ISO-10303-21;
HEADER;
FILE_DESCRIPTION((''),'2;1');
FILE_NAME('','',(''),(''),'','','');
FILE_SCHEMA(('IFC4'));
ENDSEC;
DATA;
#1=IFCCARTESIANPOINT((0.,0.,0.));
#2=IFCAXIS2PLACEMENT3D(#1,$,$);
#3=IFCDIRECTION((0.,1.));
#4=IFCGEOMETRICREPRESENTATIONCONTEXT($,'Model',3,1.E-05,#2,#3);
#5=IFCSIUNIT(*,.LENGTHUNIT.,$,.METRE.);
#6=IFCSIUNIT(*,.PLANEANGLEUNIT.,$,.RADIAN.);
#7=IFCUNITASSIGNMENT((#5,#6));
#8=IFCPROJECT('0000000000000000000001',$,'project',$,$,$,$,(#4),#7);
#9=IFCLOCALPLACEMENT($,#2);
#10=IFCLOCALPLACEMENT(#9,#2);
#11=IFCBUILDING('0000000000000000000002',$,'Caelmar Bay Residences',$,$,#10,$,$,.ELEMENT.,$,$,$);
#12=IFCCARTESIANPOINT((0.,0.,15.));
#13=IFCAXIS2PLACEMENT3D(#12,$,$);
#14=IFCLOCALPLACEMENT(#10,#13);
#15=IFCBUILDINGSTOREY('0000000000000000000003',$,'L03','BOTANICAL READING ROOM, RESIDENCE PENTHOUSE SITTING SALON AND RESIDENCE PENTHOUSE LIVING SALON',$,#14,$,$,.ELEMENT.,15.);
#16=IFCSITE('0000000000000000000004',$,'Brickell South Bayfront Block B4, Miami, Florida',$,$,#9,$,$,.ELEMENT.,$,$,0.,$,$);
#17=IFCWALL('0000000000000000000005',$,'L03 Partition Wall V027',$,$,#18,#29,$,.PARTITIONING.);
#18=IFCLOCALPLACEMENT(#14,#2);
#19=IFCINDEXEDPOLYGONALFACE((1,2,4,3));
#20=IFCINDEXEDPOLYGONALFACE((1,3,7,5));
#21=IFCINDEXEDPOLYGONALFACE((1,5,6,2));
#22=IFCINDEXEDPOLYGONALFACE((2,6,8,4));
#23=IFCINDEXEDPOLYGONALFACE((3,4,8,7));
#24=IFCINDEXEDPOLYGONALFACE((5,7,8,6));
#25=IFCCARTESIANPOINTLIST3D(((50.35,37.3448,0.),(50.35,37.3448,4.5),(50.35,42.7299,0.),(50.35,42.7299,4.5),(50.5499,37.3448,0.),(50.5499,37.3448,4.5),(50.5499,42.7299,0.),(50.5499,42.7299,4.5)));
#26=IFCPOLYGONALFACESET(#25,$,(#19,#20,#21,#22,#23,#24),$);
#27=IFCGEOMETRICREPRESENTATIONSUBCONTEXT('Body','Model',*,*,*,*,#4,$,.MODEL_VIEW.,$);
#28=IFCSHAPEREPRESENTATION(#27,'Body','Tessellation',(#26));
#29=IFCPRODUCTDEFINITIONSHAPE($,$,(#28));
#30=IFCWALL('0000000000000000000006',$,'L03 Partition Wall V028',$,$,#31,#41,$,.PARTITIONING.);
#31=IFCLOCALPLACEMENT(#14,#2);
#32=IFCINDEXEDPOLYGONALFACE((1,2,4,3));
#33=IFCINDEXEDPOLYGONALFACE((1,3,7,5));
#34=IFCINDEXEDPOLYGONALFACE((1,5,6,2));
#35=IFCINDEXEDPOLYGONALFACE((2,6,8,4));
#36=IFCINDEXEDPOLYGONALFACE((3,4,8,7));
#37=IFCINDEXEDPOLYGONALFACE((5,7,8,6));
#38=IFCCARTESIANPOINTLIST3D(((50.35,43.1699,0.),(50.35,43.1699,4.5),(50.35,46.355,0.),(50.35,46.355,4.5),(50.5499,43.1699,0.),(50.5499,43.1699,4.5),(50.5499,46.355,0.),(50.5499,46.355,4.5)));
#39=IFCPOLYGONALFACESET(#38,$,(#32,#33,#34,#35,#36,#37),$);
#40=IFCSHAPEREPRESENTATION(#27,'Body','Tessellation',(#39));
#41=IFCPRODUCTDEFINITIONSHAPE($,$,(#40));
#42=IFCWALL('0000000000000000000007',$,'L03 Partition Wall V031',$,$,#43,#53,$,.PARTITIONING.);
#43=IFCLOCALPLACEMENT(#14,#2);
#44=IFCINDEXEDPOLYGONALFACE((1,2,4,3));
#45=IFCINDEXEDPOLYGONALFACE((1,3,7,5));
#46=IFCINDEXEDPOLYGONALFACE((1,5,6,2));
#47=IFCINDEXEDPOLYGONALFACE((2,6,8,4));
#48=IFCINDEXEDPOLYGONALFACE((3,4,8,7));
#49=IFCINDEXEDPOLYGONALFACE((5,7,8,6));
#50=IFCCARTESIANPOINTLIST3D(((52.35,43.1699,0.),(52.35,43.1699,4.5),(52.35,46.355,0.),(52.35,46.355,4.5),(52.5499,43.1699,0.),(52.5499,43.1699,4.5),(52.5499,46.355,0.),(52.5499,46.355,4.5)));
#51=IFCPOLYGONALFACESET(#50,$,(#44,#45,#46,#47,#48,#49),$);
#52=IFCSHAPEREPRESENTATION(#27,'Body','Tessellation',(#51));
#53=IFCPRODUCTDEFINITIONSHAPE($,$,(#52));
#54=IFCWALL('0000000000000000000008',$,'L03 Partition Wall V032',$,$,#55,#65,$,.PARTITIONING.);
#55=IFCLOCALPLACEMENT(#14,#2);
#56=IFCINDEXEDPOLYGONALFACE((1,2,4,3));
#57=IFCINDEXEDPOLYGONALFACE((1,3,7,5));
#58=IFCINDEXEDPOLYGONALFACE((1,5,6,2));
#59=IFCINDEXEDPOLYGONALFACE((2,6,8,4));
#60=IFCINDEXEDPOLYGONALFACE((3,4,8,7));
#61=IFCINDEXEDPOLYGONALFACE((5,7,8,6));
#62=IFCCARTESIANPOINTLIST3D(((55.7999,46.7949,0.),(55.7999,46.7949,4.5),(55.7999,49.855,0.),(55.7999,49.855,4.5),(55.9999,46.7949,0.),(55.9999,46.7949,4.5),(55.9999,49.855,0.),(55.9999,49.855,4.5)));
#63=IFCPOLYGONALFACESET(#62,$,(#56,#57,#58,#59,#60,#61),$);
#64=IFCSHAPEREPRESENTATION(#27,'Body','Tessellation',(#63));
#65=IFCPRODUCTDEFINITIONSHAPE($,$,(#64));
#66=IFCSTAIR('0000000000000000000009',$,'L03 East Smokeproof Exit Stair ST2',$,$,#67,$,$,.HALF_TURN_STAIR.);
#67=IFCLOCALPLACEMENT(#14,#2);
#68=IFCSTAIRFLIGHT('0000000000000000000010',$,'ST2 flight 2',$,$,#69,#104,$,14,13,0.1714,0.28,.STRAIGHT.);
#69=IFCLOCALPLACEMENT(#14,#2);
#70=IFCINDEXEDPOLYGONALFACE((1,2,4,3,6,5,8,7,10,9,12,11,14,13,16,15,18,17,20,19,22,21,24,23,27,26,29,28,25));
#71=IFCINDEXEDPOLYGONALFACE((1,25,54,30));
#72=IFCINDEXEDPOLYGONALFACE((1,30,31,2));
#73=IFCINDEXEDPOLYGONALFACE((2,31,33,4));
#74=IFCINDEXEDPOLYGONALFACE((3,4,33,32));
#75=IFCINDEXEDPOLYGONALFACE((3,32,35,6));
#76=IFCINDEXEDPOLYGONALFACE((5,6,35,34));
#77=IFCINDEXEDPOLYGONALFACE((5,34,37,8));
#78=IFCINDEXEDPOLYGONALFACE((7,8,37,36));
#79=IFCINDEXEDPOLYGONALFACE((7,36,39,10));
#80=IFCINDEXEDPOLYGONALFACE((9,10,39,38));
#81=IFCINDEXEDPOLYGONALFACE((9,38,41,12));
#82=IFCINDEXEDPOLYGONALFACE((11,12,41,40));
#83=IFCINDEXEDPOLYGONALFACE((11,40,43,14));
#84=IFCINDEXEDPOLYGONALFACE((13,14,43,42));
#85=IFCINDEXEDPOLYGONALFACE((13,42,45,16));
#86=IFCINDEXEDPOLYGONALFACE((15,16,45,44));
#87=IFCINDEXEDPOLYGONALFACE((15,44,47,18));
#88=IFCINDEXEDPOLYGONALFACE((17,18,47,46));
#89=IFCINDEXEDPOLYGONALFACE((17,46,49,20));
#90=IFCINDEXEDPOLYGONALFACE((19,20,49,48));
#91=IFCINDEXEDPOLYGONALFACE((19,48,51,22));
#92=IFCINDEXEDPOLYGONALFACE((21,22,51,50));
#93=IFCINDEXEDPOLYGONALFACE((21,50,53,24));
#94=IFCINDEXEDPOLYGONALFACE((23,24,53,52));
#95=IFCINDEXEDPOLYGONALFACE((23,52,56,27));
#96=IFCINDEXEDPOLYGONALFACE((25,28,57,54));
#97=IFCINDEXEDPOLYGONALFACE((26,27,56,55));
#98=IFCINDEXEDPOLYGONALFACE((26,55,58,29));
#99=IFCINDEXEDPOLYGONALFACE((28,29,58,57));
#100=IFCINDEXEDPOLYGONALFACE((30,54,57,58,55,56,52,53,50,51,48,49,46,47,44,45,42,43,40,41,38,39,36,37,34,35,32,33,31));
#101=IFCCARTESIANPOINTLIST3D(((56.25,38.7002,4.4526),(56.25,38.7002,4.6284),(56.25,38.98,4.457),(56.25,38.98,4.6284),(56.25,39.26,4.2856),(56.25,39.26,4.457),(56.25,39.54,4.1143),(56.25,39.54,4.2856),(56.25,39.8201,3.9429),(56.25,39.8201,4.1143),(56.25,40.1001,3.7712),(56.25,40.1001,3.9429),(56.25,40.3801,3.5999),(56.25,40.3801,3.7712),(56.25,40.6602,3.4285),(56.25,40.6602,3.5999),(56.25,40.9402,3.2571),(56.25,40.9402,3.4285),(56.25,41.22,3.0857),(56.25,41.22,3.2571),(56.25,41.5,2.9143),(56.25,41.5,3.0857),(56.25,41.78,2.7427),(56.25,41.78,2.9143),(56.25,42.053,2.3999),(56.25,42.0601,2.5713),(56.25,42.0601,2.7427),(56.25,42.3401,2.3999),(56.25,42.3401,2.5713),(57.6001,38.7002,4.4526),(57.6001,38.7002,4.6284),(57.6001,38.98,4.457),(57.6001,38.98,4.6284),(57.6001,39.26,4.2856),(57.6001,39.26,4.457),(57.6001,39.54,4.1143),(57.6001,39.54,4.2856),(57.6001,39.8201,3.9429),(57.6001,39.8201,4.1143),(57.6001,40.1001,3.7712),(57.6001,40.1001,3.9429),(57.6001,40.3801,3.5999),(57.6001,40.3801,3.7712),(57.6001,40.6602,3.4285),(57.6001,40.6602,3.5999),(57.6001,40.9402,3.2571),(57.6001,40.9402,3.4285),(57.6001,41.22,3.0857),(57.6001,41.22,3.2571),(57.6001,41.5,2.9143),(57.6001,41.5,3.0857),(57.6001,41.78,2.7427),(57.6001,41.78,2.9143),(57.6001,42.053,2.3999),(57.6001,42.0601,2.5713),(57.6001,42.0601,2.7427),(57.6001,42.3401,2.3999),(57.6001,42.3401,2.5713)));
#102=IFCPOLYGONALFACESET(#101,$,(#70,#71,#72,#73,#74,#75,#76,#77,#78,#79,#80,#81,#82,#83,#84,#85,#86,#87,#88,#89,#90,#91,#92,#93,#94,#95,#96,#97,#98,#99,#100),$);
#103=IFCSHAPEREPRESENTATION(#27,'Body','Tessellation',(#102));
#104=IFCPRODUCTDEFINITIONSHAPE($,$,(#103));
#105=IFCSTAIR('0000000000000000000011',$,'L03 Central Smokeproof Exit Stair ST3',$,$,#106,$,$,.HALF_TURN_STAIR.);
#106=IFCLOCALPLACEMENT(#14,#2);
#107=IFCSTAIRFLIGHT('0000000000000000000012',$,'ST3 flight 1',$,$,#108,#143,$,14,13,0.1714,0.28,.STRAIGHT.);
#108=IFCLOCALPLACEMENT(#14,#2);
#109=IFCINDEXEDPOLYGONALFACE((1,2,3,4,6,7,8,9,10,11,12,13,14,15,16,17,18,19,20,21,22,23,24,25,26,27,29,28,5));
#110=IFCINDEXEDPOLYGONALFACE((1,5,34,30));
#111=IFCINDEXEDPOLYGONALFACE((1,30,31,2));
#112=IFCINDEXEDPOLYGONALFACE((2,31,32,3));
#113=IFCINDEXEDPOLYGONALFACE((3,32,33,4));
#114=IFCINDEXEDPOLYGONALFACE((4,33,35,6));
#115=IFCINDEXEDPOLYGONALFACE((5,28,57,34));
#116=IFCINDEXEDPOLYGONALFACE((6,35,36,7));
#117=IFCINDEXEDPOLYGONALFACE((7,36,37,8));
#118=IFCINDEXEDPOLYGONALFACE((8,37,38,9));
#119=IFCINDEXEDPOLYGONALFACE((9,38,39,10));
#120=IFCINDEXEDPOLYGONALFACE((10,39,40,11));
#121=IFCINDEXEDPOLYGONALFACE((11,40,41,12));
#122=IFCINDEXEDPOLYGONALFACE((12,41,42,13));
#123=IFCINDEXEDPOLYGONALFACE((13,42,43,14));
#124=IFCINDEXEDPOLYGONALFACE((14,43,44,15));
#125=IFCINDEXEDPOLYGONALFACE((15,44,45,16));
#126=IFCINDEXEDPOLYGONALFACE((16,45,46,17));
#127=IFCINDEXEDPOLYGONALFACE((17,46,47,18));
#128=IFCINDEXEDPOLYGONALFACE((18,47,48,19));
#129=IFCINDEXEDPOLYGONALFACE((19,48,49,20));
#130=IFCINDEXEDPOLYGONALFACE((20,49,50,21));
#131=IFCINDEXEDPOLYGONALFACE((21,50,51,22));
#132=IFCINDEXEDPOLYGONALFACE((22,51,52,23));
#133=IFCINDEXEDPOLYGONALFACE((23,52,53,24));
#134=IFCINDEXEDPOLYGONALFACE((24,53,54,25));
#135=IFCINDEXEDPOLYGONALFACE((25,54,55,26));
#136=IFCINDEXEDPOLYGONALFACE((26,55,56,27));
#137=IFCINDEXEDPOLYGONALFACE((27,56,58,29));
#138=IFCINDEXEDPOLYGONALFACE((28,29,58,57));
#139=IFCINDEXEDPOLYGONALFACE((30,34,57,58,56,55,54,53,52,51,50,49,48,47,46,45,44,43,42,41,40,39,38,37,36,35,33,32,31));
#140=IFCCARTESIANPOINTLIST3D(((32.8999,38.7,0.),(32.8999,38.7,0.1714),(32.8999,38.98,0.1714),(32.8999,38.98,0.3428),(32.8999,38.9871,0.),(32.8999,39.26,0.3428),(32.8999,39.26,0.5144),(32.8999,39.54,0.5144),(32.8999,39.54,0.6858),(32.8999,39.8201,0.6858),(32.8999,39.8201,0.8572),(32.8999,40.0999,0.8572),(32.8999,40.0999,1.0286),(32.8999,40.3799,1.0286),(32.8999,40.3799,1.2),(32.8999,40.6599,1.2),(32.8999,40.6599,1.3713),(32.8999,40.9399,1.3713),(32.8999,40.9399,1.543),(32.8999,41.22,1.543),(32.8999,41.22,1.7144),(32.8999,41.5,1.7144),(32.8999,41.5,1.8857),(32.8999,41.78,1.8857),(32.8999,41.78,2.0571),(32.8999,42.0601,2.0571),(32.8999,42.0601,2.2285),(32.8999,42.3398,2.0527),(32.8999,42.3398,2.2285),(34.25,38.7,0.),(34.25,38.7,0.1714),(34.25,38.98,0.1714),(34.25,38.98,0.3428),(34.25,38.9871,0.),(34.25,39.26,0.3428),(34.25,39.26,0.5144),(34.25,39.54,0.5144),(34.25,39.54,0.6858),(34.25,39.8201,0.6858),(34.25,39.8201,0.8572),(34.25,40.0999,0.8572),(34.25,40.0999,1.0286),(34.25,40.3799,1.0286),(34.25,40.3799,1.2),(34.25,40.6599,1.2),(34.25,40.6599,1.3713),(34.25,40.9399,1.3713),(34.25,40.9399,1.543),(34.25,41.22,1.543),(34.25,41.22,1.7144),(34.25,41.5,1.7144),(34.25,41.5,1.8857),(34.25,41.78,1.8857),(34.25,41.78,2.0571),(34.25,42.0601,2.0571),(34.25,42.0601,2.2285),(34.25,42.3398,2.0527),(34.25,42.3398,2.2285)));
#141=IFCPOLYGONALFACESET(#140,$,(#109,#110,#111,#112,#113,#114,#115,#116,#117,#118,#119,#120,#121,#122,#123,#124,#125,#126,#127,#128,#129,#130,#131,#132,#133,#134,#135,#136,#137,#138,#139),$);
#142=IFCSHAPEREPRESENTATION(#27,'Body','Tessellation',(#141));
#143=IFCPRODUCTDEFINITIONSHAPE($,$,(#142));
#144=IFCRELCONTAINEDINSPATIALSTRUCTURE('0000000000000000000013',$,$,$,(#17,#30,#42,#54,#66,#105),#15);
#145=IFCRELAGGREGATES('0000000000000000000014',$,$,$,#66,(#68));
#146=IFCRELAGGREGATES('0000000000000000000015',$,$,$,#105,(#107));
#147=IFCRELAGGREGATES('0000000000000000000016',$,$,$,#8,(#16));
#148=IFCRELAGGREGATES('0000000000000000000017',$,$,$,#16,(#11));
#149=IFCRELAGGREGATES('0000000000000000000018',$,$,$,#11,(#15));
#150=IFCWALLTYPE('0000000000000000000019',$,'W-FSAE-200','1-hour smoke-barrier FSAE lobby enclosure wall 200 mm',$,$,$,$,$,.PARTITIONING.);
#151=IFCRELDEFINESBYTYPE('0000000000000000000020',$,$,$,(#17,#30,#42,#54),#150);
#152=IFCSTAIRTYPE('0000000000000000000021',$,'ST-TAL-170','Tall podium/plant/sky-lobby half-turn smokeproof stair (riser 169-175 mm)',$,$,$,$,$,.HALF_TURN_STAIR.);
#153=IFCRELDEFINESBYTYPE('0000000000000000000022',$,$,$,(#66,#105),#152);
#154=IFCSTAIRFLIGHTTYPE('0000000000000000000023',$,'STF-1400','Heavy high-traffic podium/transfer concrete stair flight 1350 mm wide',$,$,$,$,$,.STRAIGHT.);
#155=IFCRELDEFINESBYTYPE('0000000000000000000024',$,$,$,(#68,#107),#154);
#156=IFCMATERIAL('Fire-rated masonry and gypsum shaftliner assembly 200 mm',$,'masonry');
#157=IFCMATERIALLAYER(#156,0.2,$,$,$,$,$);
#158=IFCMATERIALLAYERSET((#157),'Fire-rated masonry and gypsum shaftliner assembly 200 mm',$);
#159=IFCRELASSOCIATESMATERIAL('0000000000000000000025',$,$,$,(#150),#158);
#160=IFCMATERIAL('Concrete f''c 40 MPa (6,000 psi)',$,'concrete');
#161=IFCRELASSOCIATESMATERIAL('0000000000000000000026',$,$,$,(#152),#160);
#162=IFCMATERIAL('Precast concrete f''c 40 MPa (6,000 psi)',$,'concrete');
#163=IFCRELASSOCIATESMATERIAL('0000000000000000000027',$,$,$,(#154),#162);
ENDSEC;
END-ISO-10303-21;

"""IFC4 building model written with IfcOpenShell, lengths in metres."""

from ifc_helpers import new_model, si_unit, direction, frame, frame_2d, origin, place, context, subcontext, project, spatial, polyline, rectangle, outline, extrude, material, layer, layer_set, type_object, element, aggregate, save


model = new_model("IFC4")

# Units and contexts
model_context = context("Model", 3, precision=1e-05, world=origin(), true_north=direction((0.0, 1.0)))
body_context = subcontext(model_context, "Body", "Model", "MODEL_VIEW")
ifc_project = project(units=[si_unit("LENGTHUNIT", "METRE"), si_unit("PLANEANGLEUNIT", "RADIAN")], contexts=[model_context])

# Site, building, storey
site_placement = place(None, origin())
site = spatial("IfcSite", under=ifc_project, at=site_placement, Name="Brickell South Bayfront Block B4, Miami, Florida", CompositionType="ELEMENT", RefElevation=0.0)
building_placement = place(site_placement, origin())
building = spatial("IfcBuilding", under=site, at=building_placement, Name="Caelmar Bay Residences", CompositionType="ELEMENT")
storey_placement = place(building_placement, frame((0.0, 0.0, 15.0)))
storey = spatial("IfcBuildingStorey", under=building, at=storey_placement, Name="L03", Description="BOTANICAL READING ROOM, RESIDENCE PENTHOUSE SITTING SALON AND RESIDENCE PENTHOUSE LIVING SALON", CompositionType="ELEMENT", Elevation=15.0)

# Walls
ifc_material_1 = material(Name="Fire-rated masonry and gypsum shaftliner assembly 200 mm", Category="masonry")
ifc_layer_1 = layer(ifc_material_1, 0.2)
ifc_layer_set_1 = layer_set([ifc_layer_1], Name="Fire-rated masonry and gypsum shaftliner assembly 200 mm")
wall_type_1 = type_object("IfcWallType", Name="W-FSAE-200", Description="1-hour smoke-barrier FSAE lobby enclosure wall 200 mm", PredefinedType="PARTITIONING", material=ifc_layer_set_1)
wall_1_placement = place(storey_placement, frame((50.45, 37.345, 0.0), z_axis=(0.0, 0.0, 1.0), x_axis=(0.0, 1.0, 0.0)))
element("IfcWall", 1, at=wall_1_placement, inside=storey, type_object=wall_type_1, Name="L03 Partition Wall V027", PredefinedType="PARTITIONING", context=body_context, shape_type="SweptSolid", body=[
    extrude(rectangle(XDim=5.385, YDim=0.2, at=frame_2d((2.6924, 0.0))), origin(), (0.0, 0.0, 1.0), 4.5),
])
for number, where, z_axis, x_axis, name in (
    (2, (50.45, 43.1699, 0.0), (0.0, 0.0, 1.0), (0.0, 1.0, 0.0), "L03 Partition Wall V028"),
    (3, (52.45, 43.1699, 0.0), (0.0, 0.0, 1.0), (0.0, 1.0, 0.0), "L03 Partition Wall V031"),
):
    element("IfcWall", number, at=place(storey_placement, frame(where, z_axis=z_axis, x_axis=x_axis)), inside=storey, type_object=wall_type_1, Name=name, PredefinedType="PARTITIONING", context=body_context, shape_type="SweptSolid", body=[
        extrude(rectangle(XDim=3.1851, YDim=0.2, at=frame_2d((1.5925, 0.0))), origin(), (0.0, 0.0, 1.0), 4.5),
    ])
wall_2_placement = place(storey_placement, frame((55.8999, 46.7949, 0.0), z_axis=(0.0, 0.0, 1.0), x_axis=(0.0, 1.0, 0.0)))
element("IfcWall", 4, at=wall_2_placement, inside=storey, type_object=wall_type_1, Name="L03 Partition Wall V032", PredefinedType="PARTITIONING", context=body_context, shape_type="SweptSolid", body=[
    extrude(rectangle(XDim=3.0601, YDim=0.2, at=frame_2d((1.53, 0.0))), origin(), (0.0, 0.0, 1.0), 4.5),
])

# Stairs, stair flights
ifc_material_2 = material(Name="Concrete f'c 40 MPa (6,000 psi)", Category="concrete")
stair_type = type_object("IfcStairType", Name="ST-TAL-170", Description="Tall podium/plant/sky-lobby half-turn smokeproof stair (riser 169-175 mm)", PredefinedType="HALF_TURN_STAIR", material=ifc_material_2)
stair_1_placement = place(storey_placement, origin())
stair_1 = element("IfcStair", 5, at=stair_1_placement, inside=storey, type_object=stair_type, Name="L03 East Smokeproof Exit Stair ST2", PredefinedType="HALF_TURN_STAIR")
ifc_material_3 = material(Name="Precast concrete f'c 40 MPa (6,000 psi)", Category="concrete")
stair_flight_type = type_object("IfcStairFlightType", Name="STF-1400", Description="Heavy high-traffic podium/transfer concrete stair flight 1350 mm wide", PredefinedType="STRAIGHT", material=ifc_material_3)
stair_flight_1_placement = place(storey_placement, frame((56.925, 42.3401, 2.3999), z_axis=(0.0, 0.0, 1.0), x_axis=(0.0, -1.0, 0.0)))
stair_flight_1 = element("IfcStairFlight", 6, at=stair_flight_1_placement, type_object=stair_flight_type, Name="ST2 flight 2", NumberOfRisers=14, NumberOfTreads=13, PredefinedType="STRAIGHT", RiserHeight=0.1714, TreadLength=0.28, context=body_context, shape_type="SweptSolid", body=[
    extrude(outline(polyline([(0.0, 0.0), (0.0, 0.1714), (0.28, 0.1714), (0.28, 0.3428), (0.5601, 0.3428), (0.5601, 0.5144), (0.8401, 0.5144), (0.8401, 0.6858), (1.1201, 0.6858), (1.1201, 0.8572), (1.3999, 0.8572), (1.3999, 1.0286), (1.6799, 1.0286), (1.6799, 1.2), (1.96, 1.2), (1.96, 1.3713), (2.24, 1.3713), (2.24, 1.543), (2.52, 1.543), (2.52, 1.7144), (2.8, 1.7144), (2.8, 1.8857), (3.0801, 1.8857), (3.0801, 2.0571), (3.3601, 2.0571), (3.3601, 2.2285), (3.6399, 2.2285), (3.6399, 2.3999), (3.6399, 2.0527), (0.2871, 0.0), (0.0, 0.0)])), frame((0.0, 0.675, 0.0), z_axis=(0.0, -1.0, 0.0), x_axis=(1.0, 0.0, 0.0)), (0.0, 0.0, 1.0), 1.3501),
])
aggregate(stair_1, [stair_flight_1])
stair_2_placement = place(storey_placement, origin())
stair_2 = element("IfcStair", 7, at=stair_2_placement, inside=storey, type_object=stair_type, Name="L03 Central Smokeproof Exit Stair ST3", PredefinedType="HALF_TURN_STAIR")
stair_flight_2_placement = place(storey_placement, frame((33.575, 38.7, 0.0), z_axis=(0.0, 0.0, 1.0), x_axis=(0.0, 1.0, 0.0)))
stair_flight_2 = element("IfcStairFlight", 8, at=stair_flight_2_placement, type_object=stair_flight_type, Name="ST3 flight 1", NumberOfRisers=14, NumberOfTreads=13, PredefinedType="STRAIGHT", RiserHeight=0.1714, TreadLength=0.28, context=body_context, shape_type="SweptSolid", body=[
    extrude(outline(polyline([(0.0, 0.0), (0.0, 0.1714), (0.28, 0.1714), (0.28, 0.3428), (0.5601, 0.3428), (0.5601, 0.5144), (0.8401, 0.5144), (0.8401, 0.6858), (1.1201, 0.6858), (1.1201, 0.8572), (1.3999, 0.8572), (1.3999, 1.0286), (1.6799, 1.0286), (1.6799, 1.2), (1.96, 1.2), (1.96, 1.3713), (2.24, 1.3713), (2.24, 1.543), (2.52, 1.543), (2.52, 1.7144), (2.8, 1.7144), (2.8, 1.8857), (3.0801, 1.8857), (3.0801, 2.0571), (3.3601, 2.0571), (3.3601, 2.2285), (3.6399, 2.2285), (3.6399, 2.3999), (3.6399, 2.0527), (0.2871, 0.0), (0.0, 0.0)])), frame((0.0, 0.675, 0.0), z_axis=(0.0, -1.0, 0.0), x_axis=(1.0, 0.0, 0.0)), (0.0, 0.0, 1.0), 1.3501),
])
aggregate(stair_2, [stair_flight_2])

save(model, "model.ifc")
